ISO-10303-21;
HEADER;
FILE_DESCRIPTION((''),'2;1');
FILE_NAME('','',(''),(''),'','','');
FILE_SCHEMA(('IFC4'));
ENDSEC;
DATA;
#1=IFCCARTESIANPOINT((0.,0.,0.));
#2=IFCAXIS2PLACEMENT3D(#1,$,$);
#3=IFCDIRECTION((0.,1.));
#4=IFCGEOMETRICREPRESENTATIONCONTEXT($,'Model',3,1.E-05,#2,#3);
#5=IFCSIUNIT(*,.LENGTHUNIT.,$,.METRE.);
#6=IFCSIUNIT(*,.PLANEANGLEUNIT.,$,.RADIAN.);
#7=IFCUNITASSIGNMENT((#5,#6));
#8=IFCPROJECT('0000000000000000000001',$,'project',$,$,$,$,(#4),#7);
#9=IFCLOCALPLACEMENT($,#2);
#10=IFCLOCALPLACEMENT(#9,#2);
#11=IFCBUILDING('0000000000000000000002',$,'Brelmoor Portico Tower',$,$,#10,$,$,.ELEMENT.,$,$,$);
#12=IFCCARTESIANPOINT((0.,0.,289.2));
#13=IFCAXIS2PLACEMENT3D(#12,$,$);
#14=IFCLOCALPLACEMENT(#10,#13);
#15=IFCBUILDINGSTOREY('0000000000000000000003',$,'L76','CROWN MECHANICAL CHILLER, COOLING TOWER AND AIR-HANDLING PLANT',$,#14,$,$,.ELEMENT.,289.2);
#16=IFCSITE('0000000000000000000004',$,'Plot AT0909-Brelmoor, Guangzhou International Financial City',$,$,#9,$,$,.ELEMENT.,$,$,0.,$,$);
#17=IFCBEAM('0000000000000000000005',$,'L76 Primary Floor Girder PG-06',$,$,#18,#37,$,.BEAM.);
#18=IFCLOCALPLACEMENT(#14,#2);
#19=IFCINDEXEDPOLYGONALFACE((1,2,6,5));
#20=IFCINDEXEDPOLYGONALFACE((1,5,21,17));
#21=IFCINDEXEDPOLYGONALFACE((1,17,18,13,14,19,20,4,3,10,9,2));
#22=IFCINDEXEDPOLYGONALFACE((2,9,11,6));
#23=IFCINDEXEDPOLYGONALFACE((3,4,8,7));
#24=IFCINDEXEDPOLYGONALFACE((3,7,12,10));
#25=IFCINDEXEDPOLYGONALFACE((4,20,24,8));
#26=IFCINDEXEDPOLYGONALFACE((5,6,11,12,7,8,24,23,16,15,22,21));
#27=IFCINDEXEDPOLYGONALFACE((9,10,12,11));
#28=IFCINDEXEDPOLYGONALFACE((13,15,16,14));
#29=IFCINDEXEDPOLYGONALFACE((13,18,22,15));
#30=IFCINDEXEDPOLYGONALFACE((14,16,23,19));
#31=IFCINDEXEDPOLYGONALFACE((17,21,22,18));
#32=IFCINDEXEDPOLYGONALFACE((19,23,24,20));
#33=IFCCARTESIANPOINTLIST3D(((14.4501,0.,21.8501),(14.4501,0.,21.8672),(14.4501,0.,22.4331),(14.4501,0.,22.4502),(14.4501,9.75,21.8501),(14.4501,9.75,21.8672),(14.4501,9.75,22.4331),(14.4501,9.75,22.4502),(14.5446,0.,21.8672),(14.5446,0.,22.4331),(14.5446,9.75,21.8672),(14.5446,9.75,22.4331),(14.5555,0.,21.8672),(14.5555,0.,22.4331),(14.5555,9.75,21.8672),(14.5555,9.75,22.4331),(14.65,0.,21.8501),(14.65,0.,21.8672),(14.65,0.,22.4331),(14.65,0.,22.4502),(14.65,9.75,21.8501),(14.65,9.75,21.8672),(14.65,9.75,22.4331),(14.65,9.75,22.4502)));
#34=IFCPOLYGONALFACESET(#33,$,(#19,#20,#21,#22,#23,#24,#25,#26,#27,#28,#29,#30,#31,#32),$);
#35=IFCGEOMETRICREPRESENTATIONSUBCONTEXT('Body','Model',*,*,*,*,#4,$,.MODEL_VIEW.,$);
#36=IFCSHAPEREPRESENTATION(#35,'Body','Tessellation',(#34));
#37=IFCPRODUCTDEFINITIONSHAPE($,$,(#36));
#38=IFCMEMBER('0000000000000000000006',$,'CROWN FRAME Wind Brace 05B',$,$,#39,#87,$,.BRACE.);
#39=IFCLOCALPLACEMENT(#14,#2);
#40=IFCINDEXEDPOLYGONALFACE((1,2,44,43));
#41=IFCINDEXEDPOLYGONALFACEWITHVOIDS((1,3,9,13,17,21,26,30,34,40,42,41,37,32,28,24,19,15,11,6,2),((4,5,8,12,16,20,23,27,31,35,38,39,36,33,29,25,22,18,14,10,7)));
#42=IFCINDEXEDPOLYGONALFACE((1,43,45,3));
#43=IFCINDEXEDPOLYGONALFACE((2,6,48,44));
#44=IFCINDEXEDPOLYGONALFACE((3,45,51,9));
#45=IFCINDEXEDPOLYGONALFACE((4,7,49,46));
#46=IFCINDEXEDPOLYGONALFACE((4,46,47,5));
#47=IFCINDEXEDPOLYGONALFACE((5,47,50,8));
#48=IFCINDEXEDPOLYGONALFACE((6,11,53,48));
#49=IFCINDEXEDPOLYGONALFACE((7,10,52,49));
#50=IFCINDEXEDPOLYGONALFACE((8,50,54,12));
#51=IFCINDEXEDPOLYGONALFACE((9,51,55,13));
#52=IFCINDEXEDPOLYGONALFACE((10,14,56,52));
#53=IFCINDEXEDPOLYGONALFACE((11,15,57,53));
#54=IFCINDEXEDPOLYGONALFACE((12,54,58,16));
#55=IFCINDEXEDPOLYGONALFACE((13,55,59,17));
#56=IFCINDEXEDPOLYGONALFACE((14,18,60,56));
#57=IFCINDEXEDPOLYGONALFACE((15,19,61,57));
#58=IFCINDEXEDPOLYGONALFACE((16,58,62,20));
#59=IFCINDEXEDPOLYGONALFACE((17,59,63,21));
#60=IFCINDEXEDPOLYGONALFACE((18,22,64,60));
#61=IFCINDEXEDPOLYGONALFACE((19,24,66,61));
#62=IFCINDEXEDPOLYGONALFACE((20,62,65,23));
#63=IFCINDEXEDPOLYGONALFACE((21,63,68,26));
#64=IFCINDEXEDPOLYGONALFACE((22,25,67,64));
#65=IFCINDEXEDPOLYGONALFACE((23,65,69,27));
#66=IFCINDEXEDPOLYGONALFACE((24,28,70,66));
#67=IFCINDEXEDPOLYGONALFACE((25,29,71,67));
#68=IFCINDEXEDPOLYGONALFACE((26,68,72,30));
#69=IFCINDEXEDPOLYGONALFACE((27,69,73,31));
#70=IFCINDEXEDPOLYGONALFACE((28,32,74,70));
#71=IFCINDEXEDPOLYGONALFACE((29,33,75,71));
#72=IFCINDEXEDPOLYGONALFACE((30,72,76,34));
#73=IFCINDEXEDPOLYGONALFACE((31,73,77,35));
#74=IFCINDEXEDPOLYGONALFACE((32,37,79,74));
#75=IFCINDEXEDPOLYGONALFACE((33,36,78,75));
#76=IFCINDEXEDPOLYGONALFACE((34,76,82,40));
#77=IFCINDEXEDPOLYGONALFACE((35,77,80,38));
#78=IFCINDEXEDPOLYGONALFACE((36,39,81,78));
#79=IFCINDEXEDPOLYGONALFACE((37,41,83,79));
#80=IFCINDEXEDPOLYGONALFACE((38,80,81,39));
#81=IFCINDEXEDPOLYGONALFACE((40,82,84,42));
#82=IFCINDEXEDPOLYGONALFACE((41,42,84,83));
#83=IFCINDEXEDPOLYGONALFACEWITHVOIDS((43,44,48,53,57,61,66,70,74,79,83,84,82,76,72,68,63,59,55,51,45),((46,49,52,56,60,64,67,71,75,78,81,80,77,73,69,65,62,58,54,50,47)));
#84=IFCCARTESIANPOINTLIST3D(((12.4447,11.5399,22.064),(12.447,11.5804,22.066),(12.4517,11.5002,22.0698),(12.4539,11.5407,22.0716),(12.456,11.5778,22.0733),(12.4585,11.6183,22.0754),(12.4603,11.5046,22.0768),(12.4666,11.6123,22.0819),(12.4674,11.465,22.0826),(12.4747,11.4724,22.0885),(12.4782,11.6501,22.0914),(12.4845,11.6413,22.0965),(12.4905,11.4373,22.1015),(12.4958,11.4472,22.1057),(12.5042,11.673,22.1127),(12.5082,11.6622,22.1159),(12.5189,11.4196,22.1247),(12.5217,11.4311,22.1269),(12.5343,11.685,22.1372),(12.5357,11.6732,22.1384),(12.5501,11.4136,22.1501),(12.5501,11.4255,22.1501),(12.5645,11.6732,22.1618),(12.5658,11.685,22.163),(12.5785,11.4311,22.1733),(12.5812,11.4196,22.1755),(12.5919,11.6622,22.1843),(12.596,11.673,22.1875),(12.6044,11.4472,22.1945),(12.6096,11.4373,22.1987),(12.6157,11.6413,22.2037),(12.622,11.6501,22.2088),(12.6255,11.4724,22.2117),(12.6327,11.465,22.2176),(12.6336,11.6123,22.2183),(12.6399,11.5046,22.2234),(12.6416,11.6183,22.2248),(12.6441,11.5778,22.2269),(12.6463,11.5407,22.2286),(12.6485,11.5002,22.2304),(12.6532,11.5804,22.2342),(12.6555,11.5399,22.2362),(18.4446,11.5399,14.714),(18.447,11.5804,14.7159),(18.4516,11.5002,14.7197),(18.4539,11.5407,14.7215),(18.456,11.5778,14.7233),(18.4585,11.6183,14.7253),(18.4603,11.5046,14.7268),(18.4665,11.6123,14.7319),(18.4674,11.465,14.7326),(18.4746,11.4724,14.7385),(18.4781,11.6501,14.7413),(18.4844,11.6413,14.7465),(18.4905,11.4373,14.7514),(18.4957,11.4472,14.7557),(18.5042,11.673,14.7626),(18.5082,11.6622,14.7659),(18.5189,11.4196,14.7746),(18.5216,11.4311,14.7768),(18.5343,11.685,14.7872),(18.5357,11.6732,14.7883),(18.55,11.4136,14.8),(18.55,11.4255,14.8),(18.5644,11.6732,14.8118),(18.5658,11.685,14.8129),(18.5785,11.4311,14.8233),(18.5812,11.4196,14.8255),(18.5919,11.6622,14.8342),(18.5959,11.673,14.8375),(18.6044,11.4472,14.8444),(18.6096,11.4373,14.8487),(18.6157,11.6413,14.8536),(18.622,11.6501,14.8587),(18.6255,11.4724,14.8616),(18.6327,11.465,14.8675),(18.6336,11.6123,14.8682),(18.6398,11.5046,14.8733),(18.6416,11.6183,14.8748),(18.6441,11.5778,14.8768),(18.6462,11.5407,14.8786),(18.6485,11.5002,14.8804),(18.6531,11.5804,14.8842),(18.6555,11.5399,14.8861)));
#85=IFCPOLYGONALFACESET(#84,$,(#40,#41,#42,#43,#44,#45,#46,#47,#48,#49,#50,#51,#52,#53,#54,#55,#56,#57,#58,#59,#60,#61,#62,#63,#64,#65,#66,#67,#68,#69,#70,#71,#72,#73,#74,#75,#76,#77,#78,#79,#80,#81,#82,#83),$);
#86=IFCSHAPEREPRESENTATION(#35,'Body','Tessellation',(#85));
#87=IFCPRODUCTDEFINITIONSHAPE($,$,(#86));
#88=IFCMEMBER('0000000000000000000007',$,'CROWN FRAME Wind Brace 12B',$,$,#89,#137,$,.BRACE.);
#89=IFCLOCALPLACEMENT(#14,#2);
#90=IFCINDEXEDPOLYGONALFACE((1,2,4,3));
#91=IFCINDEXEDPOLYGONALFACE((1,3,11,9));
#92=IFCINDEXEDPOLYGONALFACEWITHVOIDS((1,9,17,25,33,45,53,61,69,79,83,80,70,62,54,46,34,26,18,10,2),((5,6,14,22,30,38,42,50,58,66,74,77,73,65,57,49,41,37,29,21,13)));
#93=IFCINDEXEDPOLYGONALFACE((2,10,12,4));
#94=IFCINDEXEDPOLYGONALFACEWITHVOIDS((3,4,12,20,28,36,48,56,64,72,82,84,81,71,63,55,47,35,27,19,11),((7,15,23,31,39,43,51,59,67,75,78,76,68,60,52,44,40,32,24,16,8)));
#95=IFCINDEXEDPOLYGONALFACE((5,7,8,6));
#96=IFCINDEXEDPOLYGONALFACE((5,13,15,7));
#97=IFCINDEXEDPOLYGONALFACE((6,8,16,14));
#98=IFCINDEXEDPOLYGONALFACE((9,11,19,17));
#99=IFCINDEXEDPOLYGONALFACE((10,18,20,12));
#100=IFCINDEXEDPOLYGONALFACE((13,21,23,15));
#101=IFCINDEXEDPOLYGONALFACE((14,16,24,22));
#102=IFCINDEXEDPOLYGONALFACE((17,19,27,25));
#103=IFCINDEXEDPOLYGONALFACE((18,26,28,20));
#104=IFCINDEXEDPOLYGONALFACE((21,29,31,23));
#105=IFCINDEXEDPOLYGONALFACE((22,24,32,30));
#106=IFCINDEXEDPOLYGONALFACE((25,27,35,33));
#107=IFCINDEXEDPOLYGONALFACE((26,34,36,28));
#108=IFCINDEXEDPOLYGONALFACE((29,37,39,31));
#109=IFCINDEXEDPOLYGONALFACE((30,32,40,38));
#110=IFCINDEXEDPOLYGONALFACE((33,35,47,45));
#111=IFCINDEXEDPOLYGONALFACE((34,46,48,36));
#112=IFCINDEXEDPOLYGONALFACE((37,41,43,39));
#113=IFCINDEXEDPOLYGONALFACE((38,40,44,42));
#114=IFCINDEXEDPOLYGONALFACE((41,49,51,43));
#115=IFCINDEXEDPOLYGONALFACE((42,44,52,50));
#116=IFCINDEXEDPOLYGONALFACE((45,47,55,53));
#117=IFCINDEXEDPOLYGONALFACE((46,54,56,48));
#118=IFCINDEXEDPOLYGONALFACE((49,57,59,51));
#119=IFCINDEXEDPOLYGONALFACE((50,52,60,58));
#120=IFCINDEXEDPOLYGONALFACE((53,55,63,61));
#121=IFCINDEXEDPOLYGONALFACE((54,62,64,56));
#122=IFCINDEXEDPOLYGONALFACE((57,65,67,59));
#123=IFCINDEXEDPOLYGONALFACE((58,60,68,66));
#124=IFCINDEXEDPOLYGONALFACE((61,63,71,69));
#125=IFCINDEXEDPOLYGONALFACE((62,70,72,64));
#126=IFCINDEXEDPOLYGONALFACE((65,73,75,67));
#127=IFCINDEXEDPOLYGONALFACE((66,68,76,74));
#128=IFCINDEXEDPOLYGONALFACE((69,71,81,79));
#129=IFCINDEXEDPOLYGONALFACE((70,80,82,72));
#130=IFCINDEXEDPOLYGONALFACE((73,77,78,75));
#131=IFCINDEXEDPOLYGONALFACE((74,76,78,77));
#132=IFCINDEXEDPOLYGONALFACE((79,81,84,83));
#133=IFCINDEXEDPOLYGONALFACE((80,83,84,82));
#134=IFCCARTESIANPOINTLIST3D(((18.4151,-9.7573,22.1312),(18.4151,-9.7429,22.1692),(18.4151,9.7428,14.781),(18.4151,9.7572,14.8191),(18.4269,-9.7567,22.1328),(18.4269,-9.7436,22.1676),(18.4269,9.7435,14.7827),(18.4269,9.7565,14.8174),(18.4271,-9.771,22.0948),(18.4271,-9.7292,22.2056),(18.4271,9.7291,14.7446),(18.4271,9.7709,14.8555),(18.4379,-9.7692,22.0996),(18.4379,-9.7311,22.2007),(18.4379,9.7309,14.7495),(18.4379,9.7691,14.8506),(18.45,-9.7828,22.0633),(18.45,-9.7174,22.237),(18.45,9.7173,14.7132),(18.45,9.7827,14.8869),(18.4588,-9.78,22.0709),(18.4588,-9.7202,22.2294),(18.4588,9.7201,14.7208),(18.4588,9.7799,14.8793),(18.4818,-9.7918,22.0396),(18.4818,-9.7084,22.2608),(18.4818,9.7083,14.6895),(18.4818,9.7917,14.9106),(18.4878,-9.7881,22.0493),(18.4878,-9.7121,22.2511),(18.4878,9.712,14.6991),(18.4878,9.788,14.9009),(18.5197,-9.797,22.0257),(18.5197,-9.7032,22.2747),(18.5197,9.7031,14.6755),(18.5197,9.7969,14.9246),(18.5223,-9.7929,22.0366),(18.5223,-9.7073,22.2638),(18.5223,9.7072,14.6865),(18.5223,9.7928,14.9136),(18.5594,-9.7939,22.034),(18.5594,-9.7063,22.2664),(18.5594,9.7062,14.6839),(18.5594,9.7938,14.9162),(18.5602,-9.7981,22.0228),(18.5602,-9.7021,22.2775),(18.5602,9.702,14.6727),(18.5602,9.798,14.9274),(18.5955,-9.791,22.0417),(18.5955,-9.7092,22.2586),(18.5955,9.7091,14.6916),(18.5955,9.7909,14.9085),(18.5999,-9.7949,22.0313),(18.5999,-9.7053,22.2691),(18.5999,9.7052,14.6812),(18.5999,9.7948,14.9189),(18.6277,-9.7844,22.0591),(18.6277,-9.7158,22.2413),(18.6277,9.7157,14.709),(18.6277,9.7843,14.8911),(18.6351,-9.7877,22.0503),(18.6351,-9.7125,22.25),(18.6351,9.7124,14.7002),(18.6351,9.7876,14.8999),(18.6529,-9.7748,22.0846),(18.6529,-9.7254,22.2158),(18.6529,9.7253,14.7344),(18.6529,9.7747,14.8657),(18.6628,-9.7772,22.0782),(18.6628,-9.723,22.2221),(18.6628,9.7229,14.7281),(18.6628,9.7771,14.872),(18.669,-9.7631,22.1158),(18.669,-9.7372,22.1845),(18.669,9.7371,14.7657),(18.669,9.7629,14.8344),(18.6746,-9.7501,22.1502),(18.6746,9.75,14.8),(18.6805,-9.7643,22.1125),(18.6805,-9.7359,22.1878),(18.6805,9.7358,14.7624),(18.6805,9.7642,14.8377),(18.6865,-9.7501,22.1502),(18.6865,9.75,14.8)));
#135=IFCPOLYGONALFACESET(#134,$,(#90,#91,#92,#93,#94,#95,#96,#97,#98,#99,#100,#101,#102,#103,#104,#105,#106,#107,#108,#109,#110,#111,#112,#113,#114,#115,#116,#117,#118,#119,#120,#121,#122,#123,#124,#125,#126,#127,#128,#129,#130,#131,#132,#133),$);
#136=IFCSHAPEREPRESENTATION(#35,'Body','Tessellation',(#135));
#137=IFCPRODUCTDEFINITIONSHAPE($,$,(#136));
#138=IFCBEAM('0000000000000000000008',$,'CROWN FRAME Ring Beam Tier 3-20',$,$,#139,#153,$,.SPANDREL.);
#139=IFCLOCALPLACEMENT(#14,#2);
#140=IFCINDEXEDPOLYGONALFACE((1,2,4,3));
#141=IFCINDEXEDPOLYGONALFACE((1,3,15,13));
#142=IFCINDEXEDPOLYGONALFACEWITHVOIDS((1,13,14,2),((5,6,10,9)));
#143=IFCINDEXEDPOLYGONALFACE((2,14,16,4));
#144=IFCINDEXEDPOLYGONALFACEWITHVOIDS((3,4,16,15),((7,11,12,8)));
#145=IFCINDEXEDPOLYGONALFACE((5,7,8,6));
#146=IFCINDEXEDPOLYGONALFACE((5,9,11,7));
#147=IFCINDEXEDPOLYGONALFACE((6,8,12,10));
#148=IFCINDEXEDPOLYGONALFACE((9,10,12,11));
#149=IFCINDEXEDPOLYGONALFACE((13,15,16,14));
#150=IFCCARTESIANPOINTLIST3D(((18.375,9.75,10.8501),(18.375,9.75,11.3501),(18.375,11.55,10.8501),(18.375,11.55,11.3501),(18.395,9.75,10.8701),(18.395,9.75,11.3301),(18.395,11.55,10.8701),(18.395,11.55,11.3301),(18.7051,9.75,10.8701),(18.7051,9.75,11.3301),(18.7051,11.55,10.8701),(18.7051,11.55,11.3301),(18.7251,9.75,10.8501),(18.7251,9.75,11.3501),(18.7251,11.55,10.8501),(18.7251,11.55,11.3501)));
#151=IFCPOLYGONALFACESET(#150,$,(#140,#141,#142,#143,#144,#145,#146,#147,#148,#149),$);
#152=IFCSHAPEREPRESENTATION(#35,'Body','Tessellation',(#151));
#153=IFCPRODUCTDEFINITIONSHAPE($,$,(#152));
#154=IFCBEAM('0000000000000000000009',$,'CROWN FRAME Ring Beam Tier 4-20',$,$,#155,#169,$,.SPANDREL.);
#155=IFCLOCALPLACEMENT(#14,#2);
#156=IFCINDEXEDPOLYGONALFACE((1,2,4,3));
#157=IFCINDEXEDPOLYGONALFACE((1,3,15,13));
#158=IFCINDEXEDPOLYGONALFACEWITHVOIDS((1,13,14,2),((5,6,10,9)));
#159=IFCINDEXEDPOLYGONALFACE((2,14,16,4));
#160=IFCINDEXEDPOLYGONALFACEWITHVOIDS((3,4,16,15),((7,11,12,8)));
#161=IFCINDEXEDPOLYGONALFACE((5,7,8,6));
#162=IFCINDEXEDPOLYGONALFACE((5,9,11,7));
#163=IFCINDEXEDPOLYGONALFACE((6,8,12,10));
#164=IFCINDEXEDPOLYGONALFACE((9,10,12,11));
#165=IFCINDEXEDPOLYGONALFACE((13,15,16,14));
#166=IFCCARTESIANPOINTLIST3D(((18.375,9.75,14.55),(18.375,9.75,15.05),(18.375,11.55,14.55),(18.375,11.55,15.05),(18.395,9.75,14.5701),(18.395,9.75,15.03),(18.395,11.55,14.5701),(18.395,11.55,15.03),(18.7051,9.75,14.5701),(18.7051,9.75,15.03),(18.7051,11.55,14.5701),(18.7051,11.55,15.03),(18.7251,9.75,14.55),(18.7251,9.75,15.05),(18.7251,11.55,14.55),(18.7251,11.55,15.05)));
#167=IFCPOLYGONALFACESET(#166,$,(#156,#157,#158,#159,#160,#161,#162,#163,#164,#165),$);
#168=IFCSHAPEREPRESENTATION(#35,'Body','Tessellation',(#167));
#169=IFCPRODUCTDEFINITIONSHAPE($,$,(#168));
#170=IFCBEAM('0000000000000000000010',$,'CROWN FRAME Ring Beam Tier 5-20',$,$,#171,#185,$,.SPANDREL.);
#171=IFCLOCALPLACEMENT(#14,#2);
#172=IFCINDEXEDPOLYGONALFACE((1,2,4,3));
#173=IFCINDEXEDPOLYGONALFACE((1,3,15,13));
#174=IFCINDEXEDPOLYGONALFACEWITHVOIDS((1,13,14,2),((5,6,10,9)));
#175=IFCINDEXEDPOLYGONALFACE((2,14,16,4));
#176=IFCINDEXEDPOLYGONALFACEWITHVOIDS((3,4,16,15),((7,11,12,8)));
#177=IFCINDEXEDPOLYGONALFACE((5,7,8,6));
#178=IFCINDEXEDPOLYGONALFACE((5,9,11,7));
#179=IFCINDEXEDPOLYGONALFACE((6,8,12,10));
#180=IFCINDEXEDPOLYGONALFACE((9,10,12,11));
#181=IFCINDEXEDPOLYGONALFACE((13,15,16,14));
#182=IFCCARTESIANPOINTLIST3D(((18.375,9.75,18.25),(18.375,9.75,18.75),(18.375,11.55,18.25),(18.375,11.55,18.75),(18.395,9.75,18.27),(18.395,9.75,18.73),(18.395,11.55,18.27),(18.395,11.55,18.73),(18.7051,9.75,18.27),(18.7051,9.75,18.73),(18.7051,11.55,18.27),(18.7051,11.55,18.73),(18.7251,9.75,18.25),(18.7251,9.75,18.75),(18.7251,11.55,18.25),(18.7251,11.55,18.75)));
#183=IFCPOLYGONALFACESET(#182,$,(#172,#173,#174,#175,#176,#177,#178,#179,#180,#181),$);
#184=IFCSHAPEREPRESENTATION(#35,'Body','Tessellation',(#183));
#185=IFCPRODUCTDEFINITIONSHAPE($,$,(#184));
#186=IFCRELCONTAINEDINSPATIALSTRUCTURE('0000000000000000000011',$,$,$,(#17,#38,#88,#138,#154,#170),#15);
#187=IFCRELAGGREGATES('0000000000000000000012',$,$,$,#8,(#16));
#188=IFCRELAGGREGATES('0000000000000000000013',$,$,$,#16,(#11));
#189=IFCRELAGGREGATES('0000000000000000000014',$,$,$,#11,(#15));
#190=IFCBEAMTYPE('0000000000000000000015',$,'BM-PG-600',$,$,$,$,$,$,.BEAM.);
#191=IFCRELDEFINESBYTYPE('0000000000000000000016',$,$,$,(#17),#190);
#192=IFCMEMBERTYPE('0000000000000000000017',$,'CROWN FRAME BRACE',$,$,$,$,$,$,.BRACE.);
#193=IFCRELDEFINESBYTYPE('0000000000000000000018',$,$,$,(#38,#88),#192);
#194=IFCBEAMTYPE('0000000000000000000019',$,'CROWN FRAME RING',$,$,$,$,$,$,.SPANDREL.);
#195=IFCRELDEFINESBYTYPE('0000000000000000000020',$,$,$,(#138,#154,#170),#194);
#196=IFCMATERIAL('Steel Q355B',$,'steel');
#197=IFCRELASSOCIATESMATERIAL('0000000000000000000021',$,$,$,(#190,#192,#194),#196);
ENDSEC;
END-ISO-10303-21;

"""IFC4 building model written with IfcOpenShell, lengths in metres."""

from ifc_helpers import new_model, si_unit, direction, frame, origin, origin_2d, place, context, subcontext, project, spatial, hollow_rectangle, hollow_circle, i_section, extrude, material, material_profile, profile_set, type_object, element, save


model = new_model("IFC4")

# Units and contexts
model_context = context("Model", 3, precision=1e-05, world=origin(), true_north=direction((0.0, 1.0)))
body_context = subcontext(model_context, "Body", "Model", "MODEL_VIEW")
ifc_project = project(units=[si_unit("LENGTHUNIT", "METRE"), si_unit("PLANEANGLEUNIT", "RADIAN")], contexts=[model_context])

# Site, building, storey
site_placement = place(None, origin())
site = spatial("IfcSite", under=ifc_project, at=site_placement, Name="Plot AT0909-Brelmoor, Guangzhou International Financial City", CompositionType="ELEMENT", RefElevation=0.0)
building_placement = place(site_placement, origin())
building = spatial("IfcBuilding", under=site, at=building_placement, Name="Brelmoor Portico Tower", CompositionType="ELEMENT")
storey_placement = place(building_placement, frame((0.0, 0.0, 289.2)))
storey = spatial("IfcBuildingStorey", under=building, at=storey_placement, Name="L76", Description="CROWN MECHANICAL CHILLER, COOLING TOWER AND AIR-HANDLING PLANT", CompositionType="ELEMENT", Elevation=289.2)

# Beam
ifc_material_1 = material(Name="Steel Q355B", Category="steel")
ifc_material_profile_1 = material_profile(ifc_material_1, i_section(OverallWidth=0.2, OverallDepth=0.6001, WebThickness=0.011, FlangeThickness=0.0171, at=origin_2d()), Name="HN 600x200x11x17")
ifc_profile_set_1 = profile_set([ifc_material_profile_1], Name="Steel Q355B")
beam_type_1 = type_object("IfcBeamType", Name="BM-PG-600", PredefinedType="BEAM", material=ifc_profile_set_1)
beam_1_placement = place(storey_placement, frame((14.55, 0.0, 22.1501), z_axis=(0.0, 1.0, 0.0), x_axis=(-1.0, 0.0, 0.0)))
element("IfcBeam", 1, at=beam_1_placement, inside=storey, type_object=beam_type_1, Name="L76 Primary Floor Girder PG-06", PredefinedType="BEAM", context=body_context, shape_type="SweptSolid", body=[
    extrude(i_section(OverallWidth=0.2, OverallDepth=0.6001, WebThickness=0.011, FlangeThickness=0.0171, at=origin_2d()), origin(), (0.0, 0.0, 1.0), 9.75),
])

# Members
ifc_material_profile_2 = material_profile(ifc_material_1, hollow_circle(Radius=0.1365, WallThickness=0.012, at=origin_2d()), Name="CHS 273x12")
ifc_profile_set_2 = profile_set([ifc_material_profile_2], Name="Steel Q355B")
member_type = type_object("IfcMemberType", Name="CROWN FRAME BRACE", PredefinedType="BRACE", material=ifc_profile_set_2)
member_1_placement = place(storey_placement, frame((18.55, 11.55, 14.8), z_axis=(-0.632371, 0.0, 0.774665), x_axis=(0.0, -1.0, 0.0)))
element("IfcMember", 2, at=member_1_placement, inside=storey, type_object=member_type, Name="CROWN FRAME Wind Brace 05B", PredefinedType="BRACE", context=body_context, shape_type="SweptSolid", body=[
    extrude(hollow_circle(Radius=0.1365, WallThickness=0.012, at=origin_2d()), origin(), (0.0, 0.0, 1.0), 9.488),
])
member_2_placement = place(storey_placement, frame((18.55, 9.75, 14.8), z_axis=(0.0, -0.935735, 0.352705), x_axis=(1.0, 0.0, 0.0)))
element("IfcMember", 3, at=member_2_placement, inside=storey, type_object=member_type, Name="CROWN FRAME Wind Brace 12B", PredefinedType="BRACE", context=body_context, shape_type="SweptSolid", body=[
    extrude(hollow_circle(Radius=0.1365, WallThickness=0.012, at=origin_2d()), origin(), (0.0, 0.0, 1.0), 20.8394),
])

# Beams
ifc_material_profile_3 = material_profile(ifc_material_1, hollow_rectangle(XDim=0.3501, YDim=0.5, WallThickness=0.02, at=origin_2d()), Name="RHS 350x500x20")
ifc_profile_set_3 = profile_set([ifc_material_profile_3], Name="Steel Q355B")
beam_type_2 = type_object("IfcBeamType", Name="CROWN FRAME RING", PredefinedType="SPANDREL", material=ifc_profile_set_3)
for number, where, z_axis, x_axis, name in (
    (4, (18.55, 9.75, 11.1001), (0.0, 1.0, 0.0), (-1.0, 0.0, 0.0), "CROWN FRAME Ring Beam Tier 3-20"),
    (5, (18.55, 9.75, 14.8), (0.0, 1.0, 0.0), (-1.0, 0.0, 0.0), "CROWN FRAME Ring Beam Tier 4-20"),
    (6, (18.55, 9.75, 18.5), (0.0, 1.0, 0.0), (-1.0, 0.0, 0.0), "CROWN FRAME Ring Beam Tier 5-20"),
):
    element("IfcBeam", number, at=place(storey_placement, frame(where, z_axis=z_axis, x_axis=x_axis)), inside=storey, type_object=beam_type_2, Name=name, PredefinedType="SPANDREL", context=body_context, shape_type="SweptSolid", body=[
        extrude(hollow_rectangle(XDim=0.3501, YDim=0.5, WallThickness=0.02, at=origin_2d()), origin(), (0.0, 0.0, 1.0), 1.8),
    ])

save(model, "model.ifc")
